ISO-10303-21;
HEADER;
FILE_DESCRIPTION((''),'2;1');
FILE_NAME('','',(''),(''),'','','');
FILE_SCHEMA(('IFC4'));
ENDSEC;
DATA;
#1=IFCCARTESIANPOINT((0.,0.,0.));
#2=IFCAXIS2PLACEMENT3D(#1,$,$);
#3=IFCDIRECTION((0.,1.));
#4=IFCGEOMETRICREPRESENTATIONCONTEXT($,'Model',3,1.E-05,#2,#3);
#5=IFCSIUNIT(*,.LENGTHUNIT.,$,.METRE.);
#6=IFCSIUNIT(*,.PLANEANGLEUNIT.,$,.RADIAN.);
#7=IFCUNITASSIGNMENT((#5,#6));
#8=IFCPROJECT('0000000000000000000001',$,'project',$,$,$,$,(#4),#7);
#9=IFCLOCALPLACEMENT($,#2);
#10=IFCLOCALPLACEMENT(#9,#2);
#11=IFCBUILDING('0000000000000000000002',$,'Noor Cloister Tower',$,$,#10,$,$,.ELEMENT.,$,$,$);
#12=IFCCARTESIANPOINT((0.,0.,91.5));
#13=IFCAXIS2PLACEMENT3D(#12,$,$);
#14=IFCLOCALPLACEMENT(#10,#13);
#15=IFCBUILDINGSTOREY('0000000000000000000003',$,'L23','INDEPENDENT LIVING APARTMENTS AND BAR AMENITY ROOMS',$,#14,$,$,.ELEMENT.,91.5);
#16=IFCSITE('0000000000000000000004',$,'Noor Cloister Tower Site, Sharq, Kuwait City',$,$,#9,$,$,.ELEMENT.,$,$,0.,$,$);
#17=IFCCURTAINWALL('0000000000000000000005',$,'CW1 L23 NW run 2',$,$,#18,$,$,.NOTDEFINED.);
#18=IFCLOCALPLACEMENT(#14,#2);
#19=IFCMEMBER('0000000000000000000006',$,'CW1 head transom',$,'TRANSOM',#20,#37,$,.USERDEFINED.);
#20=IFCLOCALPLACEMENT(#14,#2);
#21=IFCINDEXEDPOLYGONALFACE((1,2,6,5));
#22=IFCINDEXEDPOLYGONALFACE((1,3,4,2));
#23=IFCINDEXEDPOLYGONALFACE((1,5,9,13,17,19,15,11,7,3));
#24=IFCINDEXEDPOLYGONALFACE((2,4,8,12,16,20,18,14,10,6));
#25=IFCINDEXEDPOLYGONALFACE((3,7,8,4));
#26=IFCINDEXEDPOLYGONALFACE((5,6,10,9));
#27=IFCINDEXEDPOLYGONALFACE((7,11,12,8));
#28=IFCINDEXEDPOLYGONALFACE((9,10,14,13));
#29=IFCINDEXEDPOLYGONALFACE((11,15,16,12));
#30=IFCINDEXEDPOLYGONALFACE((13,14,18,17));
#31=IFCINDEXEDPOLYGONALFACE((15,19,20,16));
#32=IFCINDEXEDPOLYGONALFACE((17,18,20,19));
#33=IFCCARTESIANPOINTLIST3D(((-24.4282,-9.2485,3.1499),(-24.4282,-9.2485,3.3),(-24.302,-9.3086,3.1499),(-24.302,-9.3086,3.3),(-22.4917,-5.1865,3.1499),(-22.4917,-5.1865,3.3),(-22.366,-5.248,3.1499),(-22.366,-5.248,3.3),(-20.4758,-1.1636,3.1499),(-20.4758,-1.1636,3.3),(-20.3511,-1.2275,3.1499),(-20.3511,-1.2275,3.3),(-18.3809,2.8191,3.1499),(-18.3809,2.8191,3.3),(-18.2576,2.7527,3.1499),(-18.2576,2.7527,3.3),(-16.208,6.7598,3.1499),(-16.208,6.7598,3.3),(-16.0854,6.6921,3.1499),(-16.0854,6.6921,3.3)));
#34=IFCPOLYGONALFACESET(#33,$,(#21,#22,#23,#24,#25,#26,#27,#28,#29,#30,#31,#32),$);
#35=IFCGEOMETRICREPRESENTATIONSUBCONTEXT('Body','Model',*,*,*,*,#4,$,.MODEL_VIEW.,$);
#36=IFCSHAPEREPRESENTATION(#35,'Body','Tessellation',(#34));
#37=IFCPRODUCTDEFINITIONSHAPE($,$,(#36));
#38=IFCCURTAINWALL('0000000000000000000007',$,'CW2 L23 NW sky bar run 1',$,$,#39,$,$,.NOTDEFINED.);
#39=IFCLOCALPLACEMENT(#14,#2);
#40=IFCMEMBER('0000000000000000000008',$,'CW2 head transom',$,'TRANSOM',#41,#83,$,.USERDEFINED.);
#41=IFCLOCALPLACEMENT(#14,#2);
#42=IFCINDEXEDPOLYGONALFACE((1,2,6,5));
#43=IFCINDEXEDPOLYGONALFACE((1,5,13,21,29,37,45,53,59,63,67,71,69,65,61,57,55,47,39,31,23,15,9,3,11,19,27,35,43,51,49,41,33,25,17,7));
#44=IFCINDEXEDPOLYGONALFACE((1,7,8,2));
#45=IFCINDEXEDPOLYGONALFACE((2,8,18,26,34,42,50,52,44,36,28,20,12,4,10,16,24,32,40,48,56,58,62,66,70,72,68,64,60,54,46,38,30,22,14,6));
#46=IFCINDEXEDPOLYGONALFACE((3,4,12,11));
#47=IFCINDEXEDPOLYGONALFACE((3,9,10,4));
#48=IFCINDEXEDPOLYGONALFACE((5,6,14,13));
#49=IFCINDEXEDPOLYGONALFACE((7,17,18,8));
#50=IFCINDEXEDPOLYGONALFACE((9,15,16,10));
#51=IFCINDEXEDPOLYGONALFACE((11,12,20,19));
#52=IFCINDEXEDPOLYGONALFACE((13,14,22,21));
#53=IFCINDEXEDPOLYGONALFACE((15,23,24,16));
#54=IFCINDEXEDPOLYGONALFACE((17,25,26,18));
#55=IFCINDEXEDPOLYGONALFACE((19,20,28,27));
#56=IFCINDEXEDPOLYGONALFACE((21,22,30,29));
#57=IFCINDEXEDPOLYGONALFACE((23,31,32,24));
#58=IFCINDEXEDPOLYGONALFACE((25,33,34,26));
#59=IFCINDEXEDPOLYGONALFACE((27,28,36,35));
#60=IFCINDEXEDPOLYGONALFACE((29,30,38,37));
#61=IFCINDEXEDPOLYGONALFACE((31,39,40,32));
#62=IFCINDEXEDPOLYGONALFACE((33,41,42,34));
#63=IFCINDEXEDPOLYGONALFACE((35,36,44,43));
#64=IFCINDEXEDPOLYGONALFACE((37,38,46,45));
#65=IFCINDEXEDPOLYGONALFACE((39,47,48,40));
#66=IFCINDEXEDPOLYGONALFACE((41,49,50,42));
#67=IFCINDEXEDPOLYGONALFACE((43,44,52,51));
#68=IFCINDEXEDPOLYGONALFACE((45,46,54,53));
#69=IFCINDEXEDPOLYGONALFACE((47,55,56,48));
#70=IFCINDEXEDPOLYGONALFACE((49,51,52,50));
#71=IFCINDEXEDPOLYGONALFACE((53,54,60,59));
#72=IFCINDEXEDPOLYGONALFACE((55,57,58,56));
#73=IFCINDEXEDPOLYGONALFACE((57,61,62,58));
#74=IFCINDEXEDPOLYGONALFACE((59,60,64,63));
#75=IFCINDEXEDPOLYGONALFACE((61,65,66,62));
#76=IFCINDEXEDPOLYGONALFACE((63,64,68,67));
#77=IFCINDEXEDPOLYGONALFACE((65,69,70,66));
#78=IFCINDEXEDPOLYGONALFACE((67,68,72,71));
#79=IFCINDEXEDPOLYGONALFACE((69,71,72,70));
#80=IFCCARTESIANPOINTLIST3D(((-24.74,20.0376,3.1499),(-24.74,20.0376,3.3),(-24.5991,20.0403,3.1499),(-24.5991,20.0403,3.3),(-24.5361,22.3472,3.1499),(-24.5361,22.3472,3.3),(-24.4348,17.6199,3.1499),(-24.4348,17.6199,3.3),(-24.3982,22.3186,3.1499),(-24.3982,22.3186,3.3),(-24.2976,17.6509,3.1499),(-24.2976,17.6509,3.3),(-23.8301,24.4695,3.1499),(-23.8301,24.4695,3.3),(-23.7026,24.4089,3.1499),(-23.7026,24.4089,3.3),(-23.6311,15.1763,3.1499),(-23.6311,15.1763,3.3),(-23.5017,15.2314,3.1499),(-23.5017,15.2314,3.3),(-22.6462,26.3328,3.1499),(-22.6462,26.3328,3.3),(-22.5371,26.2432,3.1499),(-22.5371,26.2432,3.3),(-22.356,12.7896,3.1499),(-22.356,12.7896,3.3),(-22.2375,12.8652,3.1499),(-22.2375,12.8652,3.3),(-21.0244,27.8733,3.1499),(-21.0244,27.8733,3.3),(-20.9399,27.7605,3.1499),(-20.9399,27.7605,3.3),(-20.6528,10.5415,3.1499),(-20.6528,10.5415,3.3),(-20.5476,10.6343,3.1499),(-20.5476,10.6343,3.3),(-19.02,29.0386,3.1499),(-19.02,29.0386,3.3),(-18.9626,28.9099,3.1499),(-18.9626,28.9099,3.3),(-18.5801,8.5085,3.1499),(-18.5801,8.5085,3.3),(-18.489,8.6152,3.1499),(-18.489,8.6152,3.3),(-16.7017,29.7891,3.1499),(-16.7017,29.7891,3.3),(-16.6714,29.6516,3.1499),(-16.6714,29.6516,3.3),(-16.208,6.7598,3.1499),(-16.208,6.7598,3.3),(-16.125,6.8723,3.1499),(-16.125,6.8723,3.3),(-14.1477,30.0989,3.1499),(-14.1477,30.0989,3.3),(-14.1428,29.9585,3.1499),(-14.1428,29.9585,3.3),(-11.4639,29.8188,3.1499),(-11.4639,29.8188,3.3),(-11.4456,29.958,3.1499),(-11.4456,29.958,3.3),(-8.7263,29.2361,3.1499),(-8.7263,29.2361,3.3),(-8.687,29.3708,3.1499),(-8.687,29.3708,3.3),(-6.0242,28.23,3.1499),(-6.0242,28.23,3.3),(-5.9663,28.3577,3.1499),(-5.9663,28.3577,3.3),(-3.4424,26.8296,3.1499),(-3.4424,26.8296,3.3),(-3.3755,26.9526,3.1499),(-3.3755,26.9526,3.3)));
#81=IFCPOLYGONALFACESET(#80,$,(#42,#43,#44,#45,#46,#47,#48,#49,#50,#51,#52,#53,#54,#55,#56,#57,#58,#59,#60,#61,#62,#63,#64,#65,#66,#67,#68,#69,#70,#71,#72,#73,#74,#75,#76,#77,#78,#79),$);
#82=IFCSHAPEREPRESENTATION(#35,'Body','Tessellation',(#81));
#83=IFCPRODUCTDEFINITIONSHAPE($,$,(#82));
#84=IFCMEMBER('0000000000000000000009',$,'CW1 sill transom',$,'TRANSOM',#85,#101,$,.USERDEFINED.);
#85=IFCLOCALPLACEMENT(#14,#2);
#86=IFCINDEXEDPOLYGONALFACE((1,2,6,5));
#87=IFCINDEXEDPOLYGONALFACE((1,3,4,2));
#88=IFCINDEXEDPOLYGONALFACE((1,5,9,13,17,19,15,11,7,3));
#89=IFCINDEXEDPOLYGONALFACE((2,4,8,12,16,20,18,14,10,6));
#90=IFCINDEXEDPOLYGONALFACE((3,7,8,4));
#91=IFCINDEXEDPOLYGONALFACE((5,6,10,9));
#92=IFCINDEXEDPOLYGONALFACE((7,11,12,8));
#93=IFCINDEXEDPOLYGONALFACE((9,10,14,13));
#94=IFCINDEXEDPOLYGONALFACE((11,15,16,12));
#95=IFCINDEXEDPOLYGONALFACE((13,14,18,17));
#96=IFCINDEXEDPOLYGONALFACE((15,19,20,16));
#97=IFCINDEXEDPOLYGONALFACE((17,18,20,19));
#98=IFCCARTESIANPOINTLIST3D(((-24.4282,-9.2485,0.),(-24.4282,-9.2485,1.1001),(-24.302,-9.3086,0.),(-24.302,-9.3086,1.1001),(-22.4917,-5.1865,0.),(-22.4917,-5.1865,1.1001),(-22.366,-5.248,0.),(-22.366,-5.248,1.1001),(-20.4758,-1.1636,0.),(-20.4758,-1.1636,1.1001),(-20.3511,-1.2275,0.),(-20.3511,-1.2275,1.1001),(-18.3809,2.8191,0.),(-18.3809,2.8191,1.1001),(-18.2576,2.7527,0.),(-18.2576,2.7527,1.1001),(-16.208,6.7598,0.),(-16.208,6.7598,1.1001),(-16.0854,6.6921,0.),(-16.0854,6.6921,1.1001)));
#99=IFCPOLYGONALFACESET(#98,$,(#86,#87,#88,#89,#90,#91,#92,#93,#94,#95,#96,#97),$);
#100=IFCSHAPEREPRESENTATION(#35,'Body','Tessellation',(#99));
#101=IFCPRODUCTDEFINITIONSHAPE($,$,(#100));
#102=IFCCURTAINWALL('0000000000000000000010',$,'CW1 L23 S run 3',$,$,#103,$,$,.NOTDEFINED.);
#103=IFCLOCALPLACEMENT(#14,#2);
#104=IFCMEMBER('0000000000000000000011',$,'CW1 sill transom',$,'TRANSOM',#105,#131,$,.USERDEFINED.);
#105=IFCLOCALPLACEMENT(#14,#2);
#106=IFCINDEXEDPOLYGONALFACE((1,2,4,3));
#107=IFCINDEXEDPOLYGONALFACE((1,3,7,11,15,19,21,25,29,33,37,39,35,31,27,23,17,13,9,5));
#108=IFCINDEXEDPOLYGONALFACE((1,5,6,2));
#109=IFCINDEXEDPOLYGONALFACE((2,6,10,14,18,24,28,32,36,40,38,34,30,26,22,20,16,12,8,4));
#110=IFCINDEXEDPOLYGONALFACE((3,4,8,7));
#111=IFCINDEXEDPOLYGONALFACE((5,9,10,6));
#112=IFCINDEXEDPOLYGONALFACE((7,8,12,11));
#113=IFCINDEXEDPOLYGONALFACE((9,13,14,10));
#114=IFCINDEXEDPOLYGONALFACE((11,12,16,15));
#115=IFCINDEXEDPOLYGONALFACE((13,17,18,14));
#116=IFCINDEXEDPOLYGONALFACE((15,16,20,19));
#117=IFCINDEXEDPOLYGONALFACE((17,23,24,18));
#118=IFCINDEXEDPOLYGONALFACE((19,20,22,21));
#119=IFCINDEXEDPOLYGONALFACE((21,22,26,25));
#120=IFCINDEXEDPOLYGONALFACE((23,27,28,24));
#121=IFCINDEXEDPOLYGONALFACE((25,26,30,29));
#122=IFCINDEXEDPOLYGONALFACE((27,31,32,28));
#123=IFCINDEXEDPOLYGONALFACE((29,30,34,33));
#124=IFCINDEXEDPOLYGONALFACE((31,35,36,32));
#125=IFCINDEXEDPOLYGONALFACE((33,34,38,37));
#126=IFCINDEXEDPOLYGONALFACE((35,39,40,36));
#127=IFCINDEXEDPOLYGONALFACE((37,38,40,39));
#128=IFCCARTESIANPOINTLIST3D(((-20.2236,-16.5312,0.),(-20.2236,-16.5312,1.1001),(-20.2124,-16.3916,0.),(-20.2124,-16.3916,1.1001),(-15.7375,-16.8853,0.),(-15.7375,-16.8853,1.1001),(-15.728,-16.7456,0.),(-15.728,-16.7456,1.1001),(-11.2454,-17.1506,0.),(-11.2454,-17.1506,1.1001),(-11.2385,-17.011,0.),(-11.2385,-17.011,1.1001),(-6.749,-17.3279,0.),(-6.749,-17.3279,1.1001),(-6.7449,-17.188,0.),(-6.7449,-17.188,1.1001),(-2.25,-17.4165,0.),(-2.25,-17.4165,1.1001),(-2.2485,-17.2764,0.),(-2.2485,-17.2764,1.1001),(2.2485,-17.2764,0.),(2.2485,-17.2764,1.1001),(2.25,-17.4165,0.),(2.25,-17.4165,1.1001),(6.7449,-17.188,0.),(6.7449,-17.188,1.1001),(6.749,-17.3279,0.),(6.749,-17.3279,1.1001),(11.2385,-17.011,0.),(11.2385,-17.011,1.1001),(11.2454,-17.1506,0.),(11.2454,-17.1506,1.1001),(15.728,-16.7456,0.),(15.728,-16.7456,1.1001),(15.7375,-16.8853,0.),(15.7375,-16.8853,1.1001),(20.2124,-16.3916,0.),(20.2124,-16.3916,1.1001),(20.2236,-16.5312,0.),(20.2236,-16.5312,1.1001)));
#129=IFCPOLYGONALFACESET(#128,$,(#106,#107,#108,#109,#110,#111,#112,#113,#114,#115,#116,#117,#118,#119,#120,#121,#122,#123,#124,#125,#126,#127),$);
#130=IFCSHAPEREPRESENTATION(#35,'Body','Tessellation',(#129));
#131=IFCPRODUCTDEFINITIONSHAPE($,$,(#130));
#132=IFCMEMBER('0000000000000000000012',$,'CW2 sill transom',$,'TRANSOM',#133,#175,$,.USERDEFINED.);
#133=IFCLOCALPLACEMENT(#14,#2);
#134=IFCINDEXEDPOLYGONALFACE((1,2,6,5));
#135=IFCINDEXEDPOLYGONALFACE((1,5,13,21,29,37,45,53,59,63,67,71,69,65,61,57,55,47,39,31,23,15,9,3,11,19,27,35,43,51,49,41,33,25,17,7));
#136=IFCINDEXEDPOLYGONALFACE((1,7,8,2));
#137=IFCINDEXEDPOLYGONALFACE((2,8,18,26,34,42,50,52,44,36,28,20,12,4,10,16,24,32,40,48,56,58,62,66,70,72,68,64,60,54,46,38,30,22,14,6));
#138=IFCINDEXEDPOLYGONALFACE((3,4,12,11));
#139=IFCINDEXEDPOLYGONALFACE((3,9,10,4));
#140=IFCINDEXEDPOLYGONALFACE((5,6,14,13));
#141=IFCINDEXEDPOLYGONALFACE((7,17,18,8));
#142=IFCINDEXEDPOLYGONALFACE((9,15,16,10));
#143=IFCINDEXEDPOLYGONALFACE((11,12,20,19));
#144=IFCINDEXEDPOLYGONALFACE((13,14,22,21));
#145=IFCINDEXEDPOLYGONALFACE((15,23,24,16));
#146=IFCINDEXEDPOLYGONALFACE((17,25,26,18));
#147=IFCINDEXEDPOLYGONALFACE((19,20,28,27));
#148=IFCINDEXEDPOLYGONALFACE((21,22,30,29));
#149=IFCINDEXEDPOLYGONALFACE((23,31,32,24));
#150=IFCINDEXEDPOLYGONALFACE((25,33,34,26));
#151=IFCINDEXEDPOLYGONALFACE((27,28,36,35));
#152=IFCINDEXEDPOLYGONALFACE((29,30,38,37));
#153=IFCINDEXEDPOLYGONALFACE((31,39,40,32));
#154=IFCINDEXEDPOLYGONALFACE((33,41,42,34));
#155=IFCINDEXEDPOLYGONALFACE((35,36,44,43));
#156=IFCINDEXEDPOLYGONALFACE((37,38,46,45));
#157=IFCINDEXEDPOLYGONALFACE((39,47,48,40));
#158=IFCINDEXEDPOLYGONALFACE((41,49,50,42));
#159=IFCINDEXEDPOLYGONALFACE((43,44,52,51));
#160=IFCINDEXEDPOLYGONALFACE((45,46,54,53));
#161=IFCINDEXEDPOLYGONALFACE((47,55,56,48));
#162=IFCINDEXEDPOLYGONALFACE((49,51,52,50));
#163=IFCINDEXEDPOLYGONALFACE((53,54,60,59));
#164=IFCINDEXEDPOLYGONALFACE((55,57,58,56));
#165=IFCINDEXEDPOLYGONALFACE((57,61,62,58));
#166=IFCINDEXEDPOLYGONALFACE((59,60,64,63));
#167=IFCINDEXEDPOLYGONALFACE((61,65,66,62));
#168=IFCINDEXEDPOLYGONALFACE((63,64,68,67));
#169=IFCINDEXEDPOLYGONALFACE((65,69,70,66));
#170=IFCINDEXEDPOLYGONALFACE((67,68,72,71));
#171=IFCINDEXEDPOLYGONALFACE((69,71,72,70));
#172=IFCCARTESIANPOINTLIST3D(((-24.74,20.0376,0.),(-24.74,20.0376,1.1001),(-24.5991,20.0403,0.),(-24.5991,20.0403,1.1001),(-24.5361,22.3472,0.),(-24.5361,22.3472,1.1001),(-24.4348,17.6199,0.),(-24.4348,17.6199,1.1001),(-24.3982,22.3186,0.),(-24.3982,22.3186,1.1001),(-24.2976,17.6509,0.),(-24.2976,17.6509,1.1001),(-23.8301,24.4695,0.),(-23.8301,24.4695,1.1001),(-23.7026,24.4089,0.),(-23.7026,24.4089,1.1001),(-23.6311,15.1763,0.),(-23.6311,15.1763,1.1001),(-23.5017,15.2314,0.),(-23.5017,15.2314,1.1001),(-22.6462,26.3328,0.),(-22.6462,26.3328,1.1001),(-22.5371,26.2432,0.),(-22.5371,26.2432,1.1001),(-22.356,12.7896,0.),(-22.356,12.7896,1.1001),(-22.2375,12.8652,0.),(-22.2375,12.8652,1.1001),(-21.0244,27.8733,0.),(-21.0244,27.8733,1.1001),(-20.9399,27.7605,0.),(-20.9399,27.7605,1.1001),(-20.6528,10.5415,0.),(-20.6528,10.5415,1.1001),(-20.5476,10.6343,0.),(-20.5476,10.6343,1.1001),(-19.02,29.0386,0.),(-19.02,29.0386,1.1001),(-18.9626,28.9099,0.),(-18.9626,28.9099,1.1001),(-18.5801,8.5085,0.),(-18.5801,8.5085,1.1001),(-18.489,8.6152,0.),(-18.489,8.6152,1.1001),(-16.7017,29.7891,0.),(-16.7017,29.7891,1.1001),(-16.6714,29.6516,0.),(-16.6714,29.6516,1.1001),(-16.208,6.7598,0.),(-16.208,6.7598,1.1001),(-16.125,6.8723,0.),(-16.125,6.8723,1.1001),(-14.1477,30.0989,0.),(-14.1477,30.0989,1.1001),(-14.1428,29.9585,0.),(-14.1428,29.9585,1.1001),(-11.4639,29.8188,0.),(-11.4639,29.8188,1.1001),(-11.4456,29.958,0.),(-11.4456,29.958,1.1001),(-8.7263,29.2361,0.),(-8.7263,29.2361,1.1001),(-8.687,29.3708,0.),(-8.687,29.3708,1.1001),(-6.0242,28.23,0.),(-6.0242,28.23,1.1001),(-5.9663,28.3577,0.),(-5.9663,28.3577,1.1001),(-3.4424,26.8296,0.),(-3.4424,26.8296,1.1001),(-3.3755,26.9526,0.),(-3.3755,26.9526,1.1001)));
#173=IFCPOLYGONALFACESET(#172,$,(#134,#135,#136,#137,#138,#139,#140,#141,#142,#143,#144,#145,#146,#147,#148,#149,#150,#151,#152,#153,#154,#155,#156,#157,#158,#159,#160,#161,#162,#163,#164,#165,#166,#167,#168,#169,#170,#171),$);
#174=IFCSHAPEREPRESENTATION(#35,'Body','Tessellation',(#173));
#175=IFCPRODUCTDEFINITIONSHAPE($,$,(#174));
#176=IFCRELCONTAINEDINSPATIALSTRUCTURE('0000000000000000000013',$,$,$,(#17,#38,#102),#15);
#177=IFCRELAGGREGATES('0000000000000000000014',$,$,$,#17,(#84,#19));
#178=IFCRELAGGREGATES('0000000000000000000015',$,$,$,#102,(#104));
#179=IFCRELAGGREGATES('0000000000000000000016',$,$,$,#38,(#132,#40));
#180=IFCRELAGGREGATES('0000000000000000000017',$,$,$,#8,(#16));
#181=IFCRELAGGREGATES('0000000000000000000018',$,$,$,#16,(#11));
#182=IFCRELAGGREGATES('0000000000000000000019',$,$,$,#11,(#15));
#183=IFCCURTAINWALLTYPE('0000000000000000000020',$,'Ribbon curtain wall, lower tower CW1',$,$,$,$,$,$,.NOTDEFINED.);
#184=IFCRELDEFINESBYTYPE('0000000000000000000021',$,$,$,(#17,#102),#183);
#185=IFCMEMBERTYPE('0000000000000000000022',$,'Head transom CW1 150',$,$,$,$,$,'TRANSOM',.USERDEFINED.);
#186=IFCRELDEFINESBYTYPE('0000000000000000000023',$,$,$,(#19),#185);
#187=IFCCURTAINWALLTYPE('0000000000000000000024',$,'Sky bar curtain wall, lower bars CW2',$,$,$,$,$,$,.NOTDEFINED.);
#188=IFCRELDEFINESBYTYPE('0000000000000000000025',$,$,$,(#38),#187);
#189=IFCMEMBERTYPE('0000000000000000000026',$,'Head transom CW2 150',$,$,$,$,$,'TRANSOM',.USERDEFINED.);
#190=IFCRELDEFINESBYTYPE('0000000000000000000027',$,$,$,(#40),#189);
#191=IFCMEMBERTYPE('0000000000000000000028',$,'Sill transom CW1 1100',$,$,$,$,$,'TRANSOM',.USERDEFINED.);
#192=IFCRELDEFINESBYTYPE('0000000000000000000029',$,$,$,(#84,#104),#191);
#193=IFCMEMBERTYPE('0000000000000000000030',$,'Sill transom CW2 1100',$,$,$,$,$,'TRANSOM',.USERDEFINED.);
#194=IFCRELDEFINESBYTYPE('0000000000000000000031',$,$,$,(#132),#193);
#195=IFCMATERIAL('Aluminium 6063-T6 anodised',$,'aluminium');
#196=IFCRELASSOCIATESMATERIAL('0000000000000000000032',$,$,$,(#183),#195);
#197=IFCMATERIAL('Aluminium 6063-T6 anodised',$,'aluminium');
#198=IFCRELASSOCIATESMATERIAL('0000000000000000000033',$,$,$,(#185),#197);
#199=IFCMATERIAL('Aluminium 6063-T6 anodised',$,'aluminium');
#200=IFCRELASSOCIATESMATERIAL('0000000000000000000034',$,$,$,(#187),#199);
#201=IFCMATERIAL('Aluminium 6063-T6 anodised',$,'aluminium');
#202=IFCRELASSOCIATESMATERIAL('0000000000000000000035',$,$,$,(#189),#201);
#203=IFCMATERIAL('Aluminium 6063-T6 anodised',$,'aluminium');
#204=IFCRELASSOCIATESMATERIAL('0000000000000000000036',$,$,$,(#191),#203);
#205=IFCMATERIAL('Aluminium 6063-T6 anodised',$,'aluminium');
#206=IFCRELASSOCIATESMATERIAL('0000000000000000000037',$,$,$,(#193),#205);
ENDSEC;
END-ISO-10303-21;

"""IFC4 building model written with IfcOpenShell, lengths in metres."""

from ifc_helpers import new_model, si_unit, direction, frame, origin, place, context, subcontext, project, spatial, polyline, outline, extrude, material, type_object, element, aggregate, save


model = new_model("IFC4")

# Units and contexts
model_context = context("Model", 3, precision=1e-05, world=origin(), true_north=direction((0.0, 1.0)))
body_context = subcontext(model_context, "Body", "Model", "MODEL_VIEW")
ifc_project = project(units=[si_unit("LENGTHUNIT", "METRE"), si_unit("PLANEANGLEUNIT", "RADIAN")], contexts=[model_context])

# Site, building, storey
site_placement = place(None, origin())
site = spatial("IfcSite", under=ifc_project, at=site_placement, Name="Noor Cloister Tower Site, Sharq, Kuwait City", CompositionType="ELEMENT", RefElevation=0.0)
building_placement = place(site_placement, origin())
building = spatial("IfcBuilding", under=site, at=building_placement, Name="Noor Cloister Tower", CompositionType="ELEMENT")
storey_placement = place(building_placement, frame((0.0, 0.0, 91.5)))
storey = spatial("IfcBuildingStorey", under=building, at=storey_placement, Name="L23", Description="INDEPENDENT LIVING APARTMENTS AND BAR AMENITY ROOMS", CompositionType="ELEMENT", Elevation=91.5)

# Curtain walls, members
ifc_material_1 = material(Name="Aluminium 6063-T6 anodised", Category="aluminium")
curtain_wall_type_1 = type_object("IfcCurtainWallType", Name="Ribbon curtain wall, lower tower CW1", PredefinedType="NOTDEFINED", material=ifc_material_1)
curtain_wall_1_placement = place(storey_placement, origin())
curtain_wall_1 = element("IfcCurtainWall", 1, at=curtain_wall_1_placement, inside=storey, type_object=curtain_wall_type_1, Name="CW1 L23 NW run 2", PredefinedType="NOTDEFINED")
ifc_material_2 = material(Name="Aluminium 6063-T6 anodised", Category="aluminium")
member_type_1 = type_object("IfcMemberType", Name="Head transom CW1 150", ElementType="TRANSOM", PredefinedType="USERDEFINED", material=ifc_material_2)
member_1_placement = place(storey_placement, frame((0.0, 0.0, 3.1499)))
member_1 = element("IfcMember", 2, at=member_1_placement, type_object=member_type_1, Name="CW1 head transom", ObjectType="TRANSOM", PredefinedType="USERDEFINED", context=body_context, shape_type="SweptSolid", body=[
    extrude(outline(polyline([(-16.208, 6.7598), (-18.3809, 2.8191), (-20.4758, -1.1636), (-22.4917, -5.1865), (-24.4282, -9.2485), (-24.302, -9.3086), (-22.366, -5.248), (-20.3511, -1.2275), (-18.2576, 2.7527), (-16.0854, 6.6921), (-16.208, 6.7598)])), origin(), (0.0, 0.0, 1.0), 0.1501),
])
ifc_material_3 = material(Name="Aluminium 6063-T6 anodised", Category="aluminium")
curtain_wall_type_2 = type_object("IfcCurtainWallType", Name="Sky bar curtain wall, lower bars CW2", PredefinedType="NOTDEFINED", material=ifc_material_3)
curtain_wall_2_placement = place(storey_placement, origin())
curtain_wall_2 = element("IfcCurtainWall", 3, at=curtain_wall_2_placement, inside=storey, type_object=curtain_wall_type_2, Name="CW2 L23 NW sky bar run 1", PredefinedType="NOTDEFINED")
ifc_material_4 = material(Name="Aluminium 6063-T6 anodised", Category="aluminium")
member_type_2 = type_object("IfcMemberType", Name="Head transom CW2 150", ElementType="TRANSOM", PredefinedType="USERDEFINED", material=ifc_material_4)
member_2_placement = place(storey_placement, frame((0.0, 0.0, 3.1499)))
member_2 = element("IfcMember", 4, at=member_2_placement, type_object=member_type_2, Name="CW2 head transom", ObjectType="TRANSOM", PredefinedType="USERDEFINED", context=body_context, shape_type="SweptSolid", body=[
    extrude(outline(polyline([(-3.3755, 26.9526), (-5.9663, 28.3577), (-8.687, 29.3708), (-11.4456, 29.958), (-14.1477, 30.0989), (-16.7017, 29.7891), (-19.02, 29.0386), (-21.0244, 27.8733), (-22.6462, 26.3328), (-23.8301, 24.4695), (-24.5361, 22.3472), (-24.74, 20.0376), (-24.4348, 17.6199), (-23.6311, 15.1763), (-22.356, 12.7896), (-20.6528, 10.5415), (-18.5801, 8.5085), (-16.208, 6.7598), (-16.125, 6.8723), (-18.489, 8.6152), (-20.5476, 10.6343), (-22.2375, 12.8652), (-23.5017, 15.2314), (-24.2976, 17.6509), (-24.5991, 20.0403), (-24.3982, 22.3186), (-23.7026, 24.4089), (-22.5371, 26.2432), (-20.9399, 27.7605), (-18.9626, 28.9099), (-16.6714, 29.6516), (-14.1428, 29.9585), (-11.4639, 29.8188), (-8.7263, 29.2361), (-6.0242, 28.23), (-3.4424, 26.8296), (-3.3755, 26.9526)])), origin(), (0.0, 0.0, 1.0), 0.1501),
])

# Member
ifc_material_5 = material(Name="Aluminium 6063-T6 anodised", Category="aluminium")
member_type_3 = type_object("IfcMemberType", Name="Sill transom CW1 1100", ElementType="TRANSOM", PredefinedType="USERDEFINED", material=ifc_material_5)
member_3_placement = place(storey_placement, origin())
member_3 = element("IfcMember", 5, at=member_3_placement, type_object=member_type_3, Name="CW1 sill transom", ObjectType="TRANSOM", PredefinedType="USERDEFINED", context=body_context, shape_type="SweptSolid", body=[
    extrude(outline(polyline([(-16.208, 6.7598), (-18.3809, 2.8191), (-20.4758, -1.1636), (-22.4917, -5.1865), (-24.4282, -9.2485), (-24.302, -9.3086), (-22.366, -5.248), (-20.3511, -1.2275), (-18.2576, 2.7527), (-16.0854, 6.6921), (-16.208, 6.7598)])), origin(), (0.0, 0.0, 1.0), 1.1001),
])
aggregate(curtain_wall_1, [member_3, member_1])

# Curtain wall, member
curtain_wall_3_placement = place(storey_placement, origin())
curtain_wall_3 = element("IfcCurtainWall", 6, at=curtain_wall_3_placement, inside=storey, type_object=curtain_wall_type_1, Name="CW1 L23 S run 3", PredefinedType="NOTDEFINED")
member_4_placement = place(storey_placement, origin())
member_4 = element("IfcMember", 7, at=member_4_placement, type_object=member_type_3, Name="CW1 sill transom", ObjectType="TRANSOM", PredefinedType="USERDEFINED", context=body_context, shape_type="SweptSolid", body=[
    extrude(outline(polyline([(-20.2236, -16.5312), (-15.7375, -16.8853), (-11.2454, -17.1506), (-6.749, -17.3279), (-2.25, -17.4165), (2.25, -17.4165), (6.749, -17.3279), (11.2454, -17.1506), (15.7375, -16.8853), (20.2236, -16.5312), (20.2124, -16.3916), (15.728, -16.7456), (11.2385, -17.011), (6.7449, -17.188), (2.2485, -17.2764), (-2.2485, -17.2764), (-6.7449, -17.188), (-11.2385, -17.011), (-15.728, -16.7456), (-20.2124, -16.3916), (-20.2236, -16.5312)])), origin(), (0.0, 0.0, 1.0), 1.1001),
])
aggregate(curtain_wall_3, [member_4])

# Member
ifc_material_6 = material(Name="Aluminium 6063-T6 anodised", Category="aluminium")
member_type_4 = type_object("IfcMemberType", Name="Sill transom CW2 1100", ElementType="TRANSOM", PredefinedType="USERDEFINED", material=ifc_material_6)
member_5_placement = place(storey_placement, origin())
member_5 = element("IfcMember", 8, at=member_5_placement, type_object=member_type_4, Name="CW2 sill transom", ObjectType="TRANSOM", PredefinedType="USERDEFINED", context=body_context, shape_type="SweptSolid", body=[
    extrude(outline(polyline([(-3.3755, 26.9526), (-5.9663, 28.3577), (-8.687, 29.3708), (-11.4456, 29.958), (-14.1477, 30.0989), (-16.7017, 29.7891), (-19.02, 29.0386), (-21.0244, 27.8733), (-22.6462, 26.3328), (-23.8301, 24.4695), (-24.5361, 22.3472), (-24.74, 20.0376), (-24.4348, 17.6199), (-23.6311, 15.1763), (-22.356, 12.7896), (-20.6528, 10.5415), (-18.5801, 8.5085), (-16.208, 6.7598), (-16.125, 6.8723), (-18.489, 8.6152), (-20.5476, 10.6343), (-22.2375, 12.8652), (-23.5017, 15.2314), (-24.2976, 17.6509), (-24.5991, 20.0403), (-24.3982, 22.3186), (-23.7026, 24.4089), (-22.5371, 26.2432), (-20.9399, 27.7605), (-18.9626, 28.9099), (-16.6714, 29.6516), (-14.1428, 29.9585), (-11.4639, 29.8188), (-8.7263, 29.2361), (-6.0242, 28.23), (-3.4424, 26.8296), (-3.3755, 26.9526)])), origin(), (0.0, 0.0, 1.0), 1.1001),
])
aggregate(curtain_wall_2, [member_5, member_2])

save(model, "model.ifc")
